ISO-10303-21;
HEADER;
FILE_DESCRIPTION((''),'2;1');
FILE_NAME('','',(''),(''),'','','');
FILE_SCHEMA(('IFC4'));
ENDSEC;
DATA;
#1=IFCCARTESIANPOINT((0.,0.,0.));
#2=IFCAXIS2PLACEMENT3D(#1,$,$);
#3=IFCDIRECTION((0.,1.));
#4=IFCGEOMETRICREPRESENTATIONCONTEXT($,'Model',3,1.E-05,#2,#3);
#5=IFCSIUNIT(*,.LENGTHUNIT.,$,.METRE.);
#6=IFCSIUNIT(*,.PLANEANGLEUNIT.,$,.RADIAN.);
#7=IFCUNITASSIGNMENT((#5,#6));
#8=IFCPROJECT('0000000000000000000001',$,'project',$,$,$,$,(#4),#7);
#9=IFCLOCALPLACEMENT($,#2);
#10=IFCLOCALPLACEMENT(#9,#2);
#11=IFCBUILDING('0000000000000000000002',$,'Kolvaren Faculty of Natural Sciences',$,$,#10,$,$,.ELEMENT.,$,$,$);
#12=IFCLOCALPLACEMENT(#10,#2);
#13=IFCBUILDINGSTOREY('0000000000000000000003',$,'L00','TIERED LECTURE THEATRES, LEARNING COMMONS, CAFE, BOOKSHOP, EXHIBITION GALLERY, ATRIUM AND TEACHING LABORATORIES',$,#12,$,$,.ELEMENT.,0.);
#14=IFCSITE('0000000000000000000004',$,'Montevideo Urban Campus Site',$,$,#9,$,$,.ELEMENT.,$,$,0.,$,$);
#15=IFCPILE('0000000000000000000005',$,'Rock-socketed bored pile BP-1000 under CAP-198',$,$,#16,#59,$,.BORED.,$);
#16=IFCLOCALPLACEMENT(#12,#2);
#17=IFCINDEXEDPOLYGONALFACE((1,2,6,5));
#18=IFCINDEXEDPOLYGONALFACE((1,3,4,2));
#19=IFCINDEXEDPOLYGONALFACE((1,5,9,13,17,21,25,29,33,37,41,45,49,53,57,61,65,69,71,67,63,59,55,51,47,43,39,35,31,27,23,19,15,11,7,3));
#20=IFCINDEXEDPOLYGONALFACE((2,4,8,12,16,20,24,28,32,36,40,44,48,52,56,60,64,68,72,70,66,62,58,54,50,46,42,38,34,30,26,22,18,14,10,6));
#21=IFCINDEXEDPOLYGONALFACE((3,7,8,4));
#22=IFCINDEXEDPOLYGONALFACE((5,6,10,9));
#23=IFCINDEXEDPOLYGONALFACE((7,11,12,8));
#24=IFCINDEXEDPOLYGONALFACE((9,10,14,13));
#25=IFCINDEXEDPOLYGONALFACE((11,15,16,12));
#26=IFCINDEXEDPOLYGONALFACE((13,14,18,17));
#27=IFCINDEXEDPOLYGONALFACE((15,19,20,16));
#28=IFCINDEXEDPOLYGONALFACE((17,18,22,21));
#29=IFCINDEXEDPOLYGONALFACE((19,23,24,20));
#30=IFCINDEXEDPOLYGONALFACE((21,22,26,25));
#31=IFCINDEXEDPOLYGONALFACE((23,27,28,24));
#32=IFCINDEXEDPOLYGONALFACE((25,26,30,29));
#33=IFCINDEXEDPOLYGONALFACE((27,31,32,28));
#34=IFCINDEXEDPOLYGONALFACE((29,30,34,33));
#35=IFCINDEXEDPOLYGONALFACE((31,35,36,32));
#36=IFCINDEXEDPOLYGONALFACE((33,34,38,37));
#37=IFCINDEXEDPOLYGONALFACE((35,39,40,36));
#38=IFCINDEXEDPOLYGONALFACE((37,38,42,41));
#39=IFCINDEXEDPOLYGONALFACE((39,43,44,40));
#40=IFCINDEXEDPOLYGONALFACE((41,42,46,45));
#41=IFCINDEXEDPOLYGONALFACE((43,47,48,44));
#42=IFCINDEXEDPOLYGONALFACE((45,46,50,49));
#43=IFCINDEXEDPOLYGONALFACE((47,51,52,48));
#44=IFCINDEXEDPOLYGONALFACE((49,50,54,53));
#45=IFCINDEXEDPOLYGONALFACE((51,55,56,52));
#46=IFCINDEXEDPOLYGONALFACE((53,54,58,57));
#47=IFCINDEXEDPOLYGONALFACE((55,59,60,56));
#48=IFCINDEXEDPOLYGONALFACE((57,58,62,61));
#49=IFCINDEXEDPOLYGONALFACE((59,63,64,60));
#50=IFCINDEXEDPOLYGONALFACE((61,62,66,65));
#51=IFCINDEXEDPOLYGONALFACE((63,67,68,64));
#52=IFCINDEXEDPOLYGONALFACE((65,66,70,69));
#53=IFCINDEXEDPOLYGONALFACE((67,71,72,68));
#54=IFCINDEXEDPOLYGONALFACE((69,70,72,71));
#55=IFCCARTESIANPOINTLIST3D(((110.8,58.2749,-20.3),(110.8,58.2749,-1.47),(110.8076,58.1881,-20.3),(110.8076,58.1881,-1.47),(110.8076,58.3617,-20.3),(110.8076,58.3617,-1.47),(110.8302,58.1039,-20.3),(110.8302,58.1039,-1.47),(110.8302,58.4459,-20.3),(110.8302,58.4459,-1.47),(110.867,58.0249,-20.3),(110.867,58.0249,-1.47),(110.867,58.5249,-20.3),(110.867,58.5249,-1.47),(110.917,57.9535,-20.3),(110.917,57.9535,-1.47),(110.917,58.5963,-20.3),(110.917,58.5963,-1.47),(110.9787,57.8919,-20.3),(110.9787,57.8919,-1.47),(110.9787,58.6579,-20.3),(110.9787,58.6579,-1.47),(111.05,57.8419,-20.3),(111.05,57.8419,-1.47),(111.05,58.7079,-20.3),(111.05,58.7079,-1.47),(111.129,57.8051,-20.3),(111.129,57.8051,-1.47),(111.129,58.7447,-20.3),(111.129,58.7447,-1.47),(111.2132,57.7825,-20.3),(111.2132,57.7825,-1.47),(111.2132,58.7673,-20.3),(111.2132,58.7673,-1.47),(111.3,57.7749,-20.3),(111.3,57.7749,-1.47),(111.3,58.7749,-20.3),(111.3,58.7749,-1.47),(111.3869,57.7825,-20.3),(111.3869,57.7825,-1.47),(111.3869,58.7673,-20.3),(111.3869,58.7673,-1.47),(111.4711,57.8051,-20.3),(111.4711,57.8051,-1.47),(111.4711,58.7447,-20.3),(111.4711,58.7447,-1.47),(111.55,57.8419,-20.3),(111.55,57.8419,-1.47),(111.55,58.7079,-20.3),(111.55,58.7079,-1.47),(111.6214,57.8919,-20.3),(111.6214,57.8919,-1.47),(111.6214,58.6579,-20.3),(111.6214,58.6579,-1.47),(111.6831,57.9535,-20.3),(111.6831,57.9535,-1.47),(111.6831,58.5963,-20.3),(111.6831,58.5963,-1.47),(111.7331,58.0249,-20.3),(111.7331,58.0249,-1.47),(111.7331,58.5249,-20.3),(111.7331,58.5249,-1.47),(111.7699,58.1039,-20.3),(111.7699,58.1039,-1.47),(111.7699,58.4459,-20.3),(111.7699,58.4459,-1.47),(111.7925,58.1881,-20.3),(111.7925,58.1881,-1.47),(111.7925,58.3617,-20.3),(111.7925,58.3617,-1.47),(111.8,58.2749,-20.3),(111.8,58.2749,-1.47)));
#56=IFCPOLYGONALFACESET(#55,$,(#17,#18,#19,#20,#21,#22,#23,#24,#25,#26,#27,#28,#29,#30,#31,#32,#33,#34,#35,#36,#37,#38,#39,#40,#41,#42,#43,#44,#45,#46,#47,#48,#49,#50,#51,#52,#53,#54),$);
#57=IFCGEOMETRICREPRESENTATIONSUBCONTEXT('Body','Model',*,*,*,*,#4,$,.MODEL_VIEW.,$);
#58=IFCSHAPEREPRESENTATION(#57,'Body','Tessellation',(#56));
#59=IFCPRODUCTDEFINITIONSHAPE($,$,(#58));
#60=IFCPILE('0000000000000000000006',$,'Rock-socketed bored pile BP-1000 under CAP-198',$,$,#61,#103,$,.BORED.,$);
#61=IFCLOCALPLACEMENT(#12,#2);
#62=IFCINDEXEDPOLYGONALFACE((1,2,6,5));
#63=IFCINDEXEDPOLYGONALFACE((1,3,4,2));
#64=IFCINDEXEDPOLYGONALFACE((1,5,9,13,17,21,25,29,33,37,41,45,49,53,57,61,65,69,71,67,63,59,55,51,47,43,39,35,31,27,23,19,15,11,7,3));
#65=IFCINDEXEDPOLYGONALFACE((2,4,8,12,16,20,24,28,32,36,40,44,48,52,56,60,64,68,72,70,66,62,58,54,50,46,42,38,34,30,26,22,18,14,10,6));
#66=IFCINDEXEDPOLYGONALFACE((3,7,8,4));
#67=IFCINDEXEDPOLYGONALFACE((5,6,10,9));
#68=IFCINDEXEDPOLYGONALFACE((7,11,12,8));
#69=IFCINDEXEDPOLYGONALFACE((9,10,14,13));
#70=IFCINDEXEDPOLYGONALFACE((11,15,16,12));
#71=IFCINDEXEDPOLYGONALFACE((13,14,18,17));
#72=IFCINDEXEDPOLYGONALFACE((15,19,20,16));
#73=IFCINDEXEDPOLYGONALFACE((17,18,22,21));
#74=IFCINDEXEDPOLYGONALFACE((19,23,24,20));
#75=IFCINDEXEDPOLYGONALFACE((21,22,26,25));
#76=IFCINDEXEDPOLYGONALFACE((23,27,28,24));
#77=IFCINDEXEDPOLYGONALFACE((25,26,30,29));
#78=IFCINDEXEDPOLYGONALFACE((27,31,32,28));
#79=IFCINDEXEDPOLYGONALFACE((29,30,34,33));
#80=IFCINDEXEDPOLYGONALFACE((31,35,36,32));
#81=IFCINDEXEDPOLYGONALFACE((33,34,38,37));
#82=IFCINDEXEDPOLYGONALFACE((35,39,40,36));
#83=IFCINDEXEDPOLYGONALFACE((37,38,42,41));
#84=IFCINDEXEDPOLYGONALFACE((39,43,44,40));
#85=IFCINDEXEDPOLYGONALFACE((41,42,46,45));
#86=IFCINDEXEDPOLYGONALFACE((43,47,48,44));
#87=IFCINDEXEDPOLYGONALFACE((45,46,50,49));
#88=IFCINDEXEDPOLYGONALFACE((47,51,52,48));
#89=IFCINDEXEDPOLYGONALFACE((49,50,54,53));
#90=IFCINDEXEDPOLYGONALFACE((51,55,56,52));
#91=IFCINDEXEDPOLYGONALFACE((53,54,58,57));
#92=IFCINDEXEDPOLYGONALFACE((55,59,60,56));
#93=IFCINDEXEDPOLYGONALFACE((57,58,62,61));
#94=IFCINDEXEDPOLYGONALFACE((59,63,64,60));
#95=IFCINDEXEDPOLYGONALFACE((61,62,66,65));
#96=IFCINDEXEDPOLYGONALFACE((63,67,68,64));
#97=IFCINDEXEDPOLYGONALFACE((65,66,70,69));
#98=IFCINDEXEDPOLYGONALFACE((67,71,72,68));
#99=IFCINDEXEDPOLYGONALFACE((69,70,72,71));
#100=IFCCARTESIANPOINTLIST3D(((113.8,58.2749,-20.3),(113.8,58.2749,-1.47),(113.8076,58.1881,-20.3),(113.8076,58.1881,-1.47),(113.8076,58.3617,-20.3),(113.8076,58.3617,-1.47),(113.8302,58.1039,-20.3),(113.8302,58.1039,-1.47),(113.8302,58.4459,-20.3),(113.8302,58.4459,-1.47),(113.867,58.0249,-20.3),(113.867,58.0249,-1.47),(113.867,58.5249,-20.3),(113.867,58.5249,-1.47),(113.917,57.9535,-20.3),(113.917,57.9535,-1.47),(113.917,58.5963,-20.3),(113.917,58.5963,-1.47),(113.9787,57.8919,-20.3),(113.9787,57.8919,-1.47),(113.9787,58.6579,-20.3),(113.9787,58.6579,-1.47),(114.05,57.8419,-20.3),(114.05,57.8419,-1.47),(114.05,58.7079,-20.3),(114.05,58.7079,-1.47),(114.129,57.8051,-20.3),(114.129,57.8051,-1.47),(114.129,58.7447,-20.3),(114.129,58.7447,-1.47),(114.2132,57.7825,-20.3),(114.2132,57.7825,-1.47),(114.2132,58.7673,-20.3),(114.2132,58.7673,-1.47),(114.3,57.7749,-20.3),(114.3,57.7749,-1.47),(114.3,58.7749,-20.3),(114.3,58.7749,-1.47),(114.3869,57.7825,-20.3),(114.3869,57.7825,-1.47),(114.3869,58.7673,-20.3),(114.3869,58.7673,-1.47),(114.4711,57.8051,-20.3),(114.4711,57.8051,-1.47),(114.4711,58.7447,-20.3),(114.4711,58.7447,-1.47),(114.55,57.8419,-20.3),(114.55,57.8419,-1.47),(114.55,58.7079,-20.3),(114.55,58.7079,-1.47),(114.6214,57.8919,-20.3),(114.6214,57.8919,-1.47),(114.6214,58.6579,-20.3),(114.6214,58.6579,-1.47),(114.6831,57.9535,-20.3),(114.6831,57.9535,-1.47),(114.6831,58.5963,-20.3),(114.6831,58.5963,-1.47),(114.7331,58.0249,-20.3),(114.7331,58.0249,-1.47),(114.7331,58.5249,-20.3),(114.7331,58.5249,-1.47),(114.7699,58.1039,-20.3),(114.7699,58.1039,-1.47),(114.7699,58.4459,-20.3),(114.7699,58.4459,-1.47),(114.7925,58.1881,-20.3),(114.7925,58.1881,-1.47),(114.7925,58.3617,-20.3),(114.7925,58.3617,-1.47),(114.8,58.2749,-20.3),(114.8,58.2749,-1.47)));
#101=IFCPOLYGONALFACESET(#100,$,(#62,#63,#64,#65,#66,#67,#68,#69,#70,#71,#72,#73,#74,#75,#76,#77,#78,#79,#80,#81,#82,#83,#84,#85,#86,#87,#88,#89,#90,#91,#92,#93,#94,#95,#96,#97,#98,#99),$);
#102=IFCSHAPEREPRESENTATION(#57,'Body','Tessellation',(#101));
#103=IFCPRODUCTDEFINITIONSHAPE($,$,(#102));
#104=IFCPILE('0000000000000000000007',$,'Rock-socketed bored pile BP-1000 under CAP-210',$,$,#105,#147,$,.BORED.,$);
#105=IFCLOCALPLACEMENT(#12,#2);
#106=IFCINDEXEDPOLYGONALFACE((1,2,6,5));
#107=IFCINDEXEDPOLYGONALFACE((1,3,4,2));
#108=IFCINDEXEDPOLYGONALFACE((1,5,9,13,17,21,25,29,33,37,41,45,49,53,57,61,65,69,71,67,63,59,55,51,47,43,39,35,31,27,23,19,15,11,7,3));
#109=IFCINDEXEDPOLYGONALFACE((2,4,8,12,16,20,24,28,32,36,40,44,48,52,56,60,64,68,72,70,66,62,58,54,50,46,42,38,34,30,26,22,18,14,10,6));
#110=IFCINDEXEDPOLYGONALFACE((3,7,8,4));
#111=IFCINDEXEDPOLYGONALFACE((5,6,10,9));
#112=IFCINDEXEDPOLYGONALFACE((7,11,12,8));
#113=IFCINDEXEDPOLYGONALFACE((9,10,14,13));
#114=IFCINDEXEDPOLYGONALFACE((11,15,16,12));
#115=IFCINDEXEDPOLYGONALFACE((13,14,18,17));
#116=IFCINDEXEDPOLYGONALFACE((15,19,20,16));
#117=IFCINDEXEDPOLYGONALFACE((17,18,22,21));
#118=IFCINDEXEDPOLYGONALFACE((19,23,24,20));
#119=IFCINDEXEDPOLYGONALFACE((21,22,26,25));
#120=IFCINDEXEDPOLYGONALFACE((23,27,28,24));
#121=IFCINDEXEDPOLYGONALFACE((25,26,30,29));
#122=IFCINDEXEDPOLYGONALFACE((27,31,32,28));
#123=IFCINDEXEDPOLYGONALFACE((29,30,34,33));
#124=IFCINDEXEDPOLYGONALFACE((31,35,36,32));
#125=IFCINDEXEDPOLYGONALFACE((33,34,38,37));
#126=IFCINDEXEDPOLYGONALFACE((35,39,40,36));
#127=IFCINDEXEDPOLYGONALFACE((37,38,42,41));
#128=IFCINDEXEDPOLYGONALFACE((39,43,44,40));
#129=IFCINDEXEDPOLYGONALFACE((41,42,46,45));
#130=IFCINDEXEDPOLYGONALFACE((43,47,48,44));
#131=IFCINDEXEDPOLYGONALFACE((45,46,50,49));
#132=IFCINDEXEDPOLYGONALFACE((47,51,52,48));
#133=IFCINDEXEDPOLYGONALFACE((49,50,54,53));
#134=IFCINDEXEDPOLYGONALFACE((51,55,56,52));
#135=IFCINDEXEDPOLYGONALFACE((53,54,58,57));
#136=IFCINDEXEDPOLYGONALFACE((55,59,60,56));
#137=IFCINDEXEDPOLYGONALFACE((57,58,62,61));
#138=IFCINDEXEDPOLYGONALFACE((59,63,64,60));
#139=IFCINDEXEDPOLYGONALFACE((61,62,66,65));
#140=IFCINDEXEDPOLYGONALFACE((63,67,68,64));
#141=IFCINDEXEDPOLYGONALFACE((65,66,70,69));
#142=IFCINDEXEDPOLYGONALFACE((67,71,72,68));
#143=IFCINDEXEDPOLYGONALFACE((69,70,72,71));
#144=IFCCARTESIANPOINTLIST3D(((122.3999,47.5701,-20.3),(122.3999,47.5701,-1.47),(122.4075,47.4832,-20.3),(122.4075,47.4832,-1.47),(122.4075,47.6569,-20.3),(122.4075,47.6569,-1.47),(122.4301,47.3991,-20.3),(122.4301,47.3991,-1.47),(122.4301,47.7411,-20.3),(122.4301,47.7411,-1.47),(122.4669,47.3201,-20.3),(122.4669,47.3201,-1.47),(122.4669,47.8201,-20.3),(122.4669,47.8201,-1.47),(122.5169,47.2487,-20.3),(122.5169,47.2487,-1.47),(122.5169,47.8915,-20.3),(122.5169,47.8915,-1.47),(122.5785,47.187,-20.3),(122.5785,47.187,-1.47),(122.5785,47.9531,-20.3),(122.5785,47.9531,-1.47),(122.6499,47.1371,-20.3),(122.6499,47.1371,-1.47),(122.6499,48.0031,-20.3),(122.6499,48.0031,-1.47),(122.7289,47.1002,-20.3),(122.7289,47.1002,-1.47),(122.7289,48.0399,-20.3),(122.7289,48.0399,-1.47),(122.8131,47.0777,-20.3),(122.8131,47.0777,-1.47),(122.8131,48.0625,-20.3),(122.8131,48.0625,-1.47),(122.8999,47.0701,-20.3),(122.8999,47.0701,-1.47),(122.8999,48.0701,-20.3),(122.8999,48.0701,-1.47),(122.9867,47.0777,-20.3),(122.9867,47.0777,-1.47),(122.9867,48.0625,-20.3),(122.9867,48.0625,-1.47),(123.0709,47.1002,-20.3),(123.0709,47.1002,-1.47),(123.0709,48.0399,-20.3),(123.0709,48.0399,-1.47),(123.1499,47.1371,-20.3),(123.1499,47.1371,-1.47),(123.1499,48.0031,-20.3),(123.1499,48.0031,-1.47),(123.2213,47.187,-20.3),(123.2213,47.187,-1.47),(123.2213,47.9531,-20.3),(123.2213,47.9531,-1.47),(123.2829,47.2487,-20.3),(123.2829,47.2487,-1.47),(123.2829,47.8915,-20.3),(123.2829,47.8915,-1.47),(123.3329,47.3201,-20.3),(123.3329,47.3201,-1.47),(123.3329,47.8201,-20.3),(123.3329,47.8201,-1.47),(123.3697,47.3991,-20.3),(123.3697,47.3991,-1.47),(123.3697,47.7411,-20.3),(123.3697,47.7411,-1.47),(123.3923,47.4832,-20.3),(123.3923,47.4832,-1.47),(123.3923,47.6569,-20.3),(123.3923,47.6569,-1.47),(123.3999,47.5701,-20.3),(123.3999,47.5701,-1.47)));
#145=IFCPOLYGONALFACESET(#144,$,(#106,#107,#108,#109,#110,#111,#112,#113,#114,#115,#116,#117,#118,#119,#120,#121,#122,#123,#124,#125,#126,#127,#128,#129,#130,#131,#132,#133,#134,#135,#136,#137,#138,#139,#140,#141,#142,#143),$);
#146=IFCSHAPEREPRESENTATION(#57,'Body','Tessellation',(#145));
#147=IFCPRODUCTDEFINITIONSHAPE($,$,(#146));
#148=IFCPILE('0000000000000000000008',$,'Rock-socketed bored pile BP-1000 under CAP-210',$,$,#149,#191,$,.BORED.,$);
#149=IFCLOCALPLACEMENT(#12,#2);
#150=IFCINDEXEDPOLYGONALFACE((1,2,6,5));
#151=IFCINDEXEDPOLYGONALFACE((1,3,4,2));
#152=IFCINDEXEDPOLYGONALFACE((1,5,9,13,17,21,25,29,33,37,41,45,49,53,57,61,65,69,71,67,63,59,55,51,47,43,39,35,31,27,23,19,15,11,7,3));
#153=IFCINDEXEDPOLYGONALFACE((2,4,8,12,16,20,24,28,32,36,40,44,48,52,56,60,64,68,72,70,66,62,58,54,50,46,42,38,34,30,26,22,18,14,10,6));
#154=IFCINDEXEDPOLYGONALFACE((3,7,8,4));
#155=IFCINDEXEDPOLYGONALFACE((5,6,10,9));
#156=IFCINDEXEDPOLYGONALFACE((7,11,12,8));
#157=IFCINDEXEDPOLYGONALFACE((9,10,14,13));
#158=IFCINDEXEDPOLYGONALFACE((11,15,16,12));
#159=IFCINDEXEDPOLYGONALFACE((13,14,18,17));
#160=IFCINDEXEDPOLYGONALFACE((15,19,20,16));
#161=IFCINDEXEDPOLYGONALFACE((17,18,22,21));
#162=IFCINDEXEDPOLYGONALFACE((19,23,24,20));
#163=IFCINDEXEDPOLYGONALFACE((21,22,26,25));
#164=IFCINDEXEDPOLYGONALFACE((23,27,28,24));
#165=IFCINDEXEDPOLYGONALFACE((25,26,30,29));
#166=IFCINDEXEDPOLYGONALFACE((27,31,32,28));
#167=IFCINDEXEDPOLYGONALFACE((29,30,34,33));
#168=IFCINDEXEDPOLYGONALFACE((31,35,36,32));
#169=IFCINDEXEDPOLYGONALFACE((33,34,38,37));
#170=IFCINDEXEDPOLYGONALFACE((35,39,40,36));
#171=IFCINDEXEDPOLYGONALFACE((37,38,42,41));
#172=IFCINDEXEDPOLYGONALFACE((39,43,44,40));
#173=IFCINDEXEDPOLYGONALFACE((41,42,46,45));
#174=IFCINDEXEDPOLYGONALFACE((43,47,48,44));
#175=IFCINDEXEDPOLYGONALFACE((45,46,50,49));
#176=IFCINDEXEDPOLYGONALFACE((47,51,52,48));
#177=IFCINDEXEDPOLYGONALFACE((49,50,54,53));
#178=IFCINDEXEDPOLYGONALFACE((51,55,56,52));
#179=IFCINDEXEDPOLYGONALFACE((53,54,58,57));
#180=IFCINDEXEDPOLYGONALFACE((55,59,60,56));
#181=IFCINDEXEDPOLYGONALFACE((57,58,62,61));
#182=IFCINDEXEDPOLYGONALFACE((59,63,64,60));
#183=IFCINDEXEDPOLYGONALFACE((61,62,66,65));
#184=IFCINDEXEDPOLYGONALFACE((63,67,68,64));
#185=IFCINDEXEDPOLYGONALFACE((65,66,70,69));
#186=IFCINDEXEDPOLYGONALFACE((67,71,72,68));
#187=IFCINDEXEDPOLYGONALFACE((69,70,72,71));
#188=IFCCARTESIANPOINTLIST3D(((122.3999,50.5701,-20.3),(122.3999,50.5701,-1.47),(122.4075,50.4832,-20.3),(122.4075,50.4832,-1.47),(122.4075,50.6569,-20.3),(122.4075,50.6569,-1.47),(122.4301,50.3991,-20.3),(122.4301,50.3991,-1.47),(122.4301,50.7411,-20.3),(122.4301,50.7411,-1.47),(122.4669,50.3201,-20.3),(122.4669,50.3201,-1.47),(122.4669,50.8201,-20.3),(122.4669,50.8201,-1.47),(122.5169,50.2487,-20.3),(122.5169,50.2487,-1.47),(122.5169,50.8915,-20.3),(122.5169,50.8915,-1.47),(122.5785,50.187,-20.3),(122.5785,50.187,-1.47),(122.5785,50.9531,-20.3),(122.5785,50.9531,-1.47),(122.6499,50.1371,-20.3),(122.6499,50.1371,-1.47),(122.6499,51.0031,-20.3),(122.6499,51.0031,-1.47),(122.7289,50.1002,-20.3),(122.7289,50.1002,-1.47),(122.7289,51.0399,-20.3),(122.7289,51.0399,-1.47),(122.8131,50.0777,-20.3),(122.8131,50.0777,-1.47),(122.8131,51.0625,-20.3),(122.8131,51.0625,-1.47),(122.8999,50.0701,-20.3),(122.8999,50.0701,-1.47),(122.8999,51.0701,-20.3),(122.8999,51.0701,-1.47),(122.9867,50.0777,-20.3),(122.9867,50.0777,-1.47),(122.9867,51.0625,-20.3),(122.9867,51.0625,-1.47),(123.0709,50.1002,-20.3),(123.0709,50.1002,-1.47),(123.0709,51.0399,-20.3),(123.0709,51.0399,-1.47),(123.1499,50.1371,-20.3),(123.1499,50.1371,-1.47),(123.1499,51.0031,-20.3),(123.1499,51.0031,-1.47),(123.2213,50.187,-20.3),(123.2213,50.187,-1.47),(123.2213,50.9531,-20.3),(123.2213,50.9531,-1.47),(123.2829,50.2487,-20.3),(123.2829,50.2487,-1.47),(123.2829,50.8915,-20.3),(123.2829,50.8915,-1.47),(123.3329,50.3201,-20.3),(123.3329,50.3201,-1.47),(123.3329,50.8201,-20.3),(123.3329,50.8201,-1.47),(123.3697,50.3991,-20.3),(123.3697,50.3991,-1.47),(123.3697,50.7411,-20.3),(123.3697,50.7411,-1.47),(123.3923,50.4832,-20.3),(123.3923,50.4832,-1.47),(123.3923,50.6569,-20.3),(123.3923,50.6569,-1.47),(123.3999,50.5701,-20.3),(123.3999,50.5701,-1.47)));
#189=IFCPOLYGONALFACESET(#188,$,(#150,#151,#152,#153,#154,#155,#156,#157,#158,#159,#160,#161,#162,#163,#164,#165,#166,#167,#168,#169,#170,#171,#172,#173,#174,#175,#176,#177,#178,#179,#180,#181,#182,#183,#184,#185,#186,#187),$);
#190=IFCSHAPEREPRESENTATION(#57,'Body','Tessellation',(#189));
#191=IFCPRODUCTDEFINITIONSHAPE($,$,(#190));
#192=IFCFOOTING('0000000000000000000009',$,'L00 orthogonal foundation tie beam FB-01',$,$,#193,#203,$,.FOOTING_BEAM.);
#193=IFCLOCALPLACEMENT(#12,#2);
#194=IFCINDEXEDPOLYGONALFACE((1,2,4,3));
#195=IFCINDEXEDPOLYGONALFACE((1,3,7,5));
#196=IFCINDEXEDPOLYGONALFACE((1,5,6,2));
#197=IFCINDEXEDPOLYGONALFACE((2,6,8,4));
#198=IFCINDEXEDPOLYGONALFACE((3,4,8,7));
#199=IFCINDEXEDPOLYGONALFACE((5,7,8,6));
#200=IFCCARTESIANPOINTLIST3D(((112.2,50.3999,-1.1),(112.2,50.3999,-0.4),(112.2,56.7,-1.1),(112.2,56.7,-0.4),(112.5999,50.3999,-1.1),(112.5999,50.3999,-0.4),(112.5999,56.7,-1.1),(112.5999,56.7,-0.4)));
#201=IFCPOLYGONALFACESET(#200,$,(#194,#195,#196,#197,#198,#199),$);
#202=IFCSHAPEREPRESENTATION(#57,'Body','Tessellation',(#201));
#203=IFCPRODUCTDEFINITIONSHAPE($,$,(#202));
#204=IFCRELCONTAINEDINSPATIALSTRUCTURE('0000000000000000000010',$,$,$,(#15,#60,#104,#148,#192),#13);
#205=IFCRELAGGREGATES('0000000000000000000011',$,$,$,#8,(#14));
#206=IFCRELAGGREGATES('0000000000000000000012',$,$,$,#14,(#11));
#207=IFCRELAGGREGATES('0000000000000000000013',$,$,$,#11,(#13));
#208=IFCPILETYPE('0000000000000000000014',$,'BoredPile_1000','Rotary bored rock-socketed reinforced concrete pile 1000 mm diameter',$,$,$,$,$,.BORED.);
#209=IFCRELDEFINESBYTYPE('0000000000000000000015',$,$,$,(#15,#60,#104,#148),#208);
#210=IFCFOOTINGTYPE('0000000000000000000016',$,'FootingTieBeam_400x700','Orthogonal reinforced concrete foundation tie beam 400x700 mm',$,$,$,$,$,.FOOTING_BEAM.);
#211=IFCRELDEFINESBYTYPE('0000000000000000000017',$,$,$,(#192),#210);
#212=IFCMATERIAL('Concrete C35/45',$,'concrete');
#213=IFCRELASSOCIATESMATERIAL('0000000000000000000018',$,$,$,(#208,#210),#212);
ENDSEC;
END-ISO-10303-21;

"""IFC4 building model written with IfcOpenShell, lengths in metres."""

from ifc_helpers import new_model, si_unit, direction, frame, origin, origin_2d, place, context, subcontext, project, spatial, rectangle, circle, extrude, material, material_profile, profile_set, type_object, element, save


model = new_model("IFC4")

# Units and contexts
model_context = context("Model", 3, precision=1e-05, world=origin(), true_north=direction((0.0, 1.0)))
body_context = subcontext(model_context, "Body", "Model", "MODEL_VIEW")
ifc_project = project(units=[si_unit("LENGTHUNIT", "METRE"), si_unit("PLANEANGLEUNIT", "RADIAN")], contexts=[model_context])

# Site, building, storey
site_placement = place(None, origin())
site = spatial("IfcSite", under=ifc_project, at=site_placement, Name="Montevideo Urban Campus Site", CompositionType="ELEMENT", RefElevation=0.0)
building_placement = place(site_placement, origin())
building = spatial("IfcBuilding", under=site, at=building_placement, Name="Kolvaren Faculty of Natural Sciences", CompositionType="ELEMENT")
storey_placement = place(building_placement, origin())
storey = spatial("IfcBuildingStorey", under=building, at=storey_placement, Name="L00", Description="TIERED LECTURE THEATRES, LEARNING COMMONS, CAFE, BOOKSHOP, EXHIBITION GALLERY, ATRIUM AND TEACHING LABORATORIES", CompositionType="ELEMENT", Elevation=0.0)

# Piles
ifc_material_1 = material(Name="Concrete C35/45", Category="concrete")
ifc_material_profile_1 = material_profile(ifc_material_1, circle(Radius=0.5, at=origin_2d()), Name="PILE D1000")
ifc_profile_set_1 = profile_set([ifc_material_profile_1], Name="Concrete C35/45")
pile_type = type_object("IfcPileType", Name="BoredPile_1000", Description="Rotary bored rock-socketed reinforced concrete pile 1000 mm diameter", PredefinedType="BORED", material=ifc_profile_set_1)
for number, where, z_axis, x_axis, name in (
    (1, (111.3, 58.2749, -1.47), (0.0, 0.0, -1.0), (1.0, 0.0, 0.0), "Rock-socketed bored pile BP-1000 under CAP-198"),
    (2, (114.3, 58.2749, -1.47), (0.0, 0.0, -1.0), (1.0, 0.0, 0.0), "Rock-socketed bored pile BP-1000 under CAP-198"),
    (3, (122.8999, 47.5701, -1.47), (0.0, 0.0, -1.0), (1.0, 0.0, 0.0), "Rock-socketed bored pile BP-1000 under CAP-210"),
    (4, (122.8999, 50.5701, -1.47), (0.0, 0.0, -1.0), (1.0, 0.0, 0.0), "Rock-socketed bored pile BP-1000 under CAP-210"),
):
    element("IfcPile", number, at=place(storey_placement, frame(where, z_axis=z_axis, x_axis=x_axis)), inside=storey, type_object=pile_type, Name=name, PredefinedType="BORED", context=body_context, shape_type="SweptSolid", body=[
        extrude(circle(Radius=0.5, at=origin_2d()), origin(), (0.0, 0.0, 1.0), 18.8301),
    ])

# Footing
ifc_material_profile_2 = material_profile(ifc_material_1, rectangle(XDim=0.3999, YDim=0.7, at=origin_2d()), Name="RC FB 400x700")
ifc_profile_set_2 = profile_set([ifc_material_profile_2], Name="Concrete C35/45")
footing_type_1 = type_object("IfcFootingType", Name="FootingTieBeam_400x700", Description="Orthogonal reinforced concrete foundation tie beam 400x700 mm", PredefinedType="FOOTING_BEAM", material=ifc_profile_set_2)
footing_1_placement = place(storey_placement, frame((112.3999, 50.3999, -0.75), z_axis=(0.0, 1.0, 0.0), x_axis=(-1.0, 0.0, 0.0)))
element("IfcFooting", 5, at=footing_1_placement, inside=storey, type_object=footing_type_1, Name="L00 orthogonal foundation tie beam FB-01", PredefinedType="FOOTING_BEAM", context=body_context, shape_type="SweptSolid", body=[
    extrude(rectangle(XDim=0.3999, YDim=0.7, at=origin_2d()), origin(), (0.0, 0.0, 1.0), 6.3),
])

save(model, "model.ifc")
